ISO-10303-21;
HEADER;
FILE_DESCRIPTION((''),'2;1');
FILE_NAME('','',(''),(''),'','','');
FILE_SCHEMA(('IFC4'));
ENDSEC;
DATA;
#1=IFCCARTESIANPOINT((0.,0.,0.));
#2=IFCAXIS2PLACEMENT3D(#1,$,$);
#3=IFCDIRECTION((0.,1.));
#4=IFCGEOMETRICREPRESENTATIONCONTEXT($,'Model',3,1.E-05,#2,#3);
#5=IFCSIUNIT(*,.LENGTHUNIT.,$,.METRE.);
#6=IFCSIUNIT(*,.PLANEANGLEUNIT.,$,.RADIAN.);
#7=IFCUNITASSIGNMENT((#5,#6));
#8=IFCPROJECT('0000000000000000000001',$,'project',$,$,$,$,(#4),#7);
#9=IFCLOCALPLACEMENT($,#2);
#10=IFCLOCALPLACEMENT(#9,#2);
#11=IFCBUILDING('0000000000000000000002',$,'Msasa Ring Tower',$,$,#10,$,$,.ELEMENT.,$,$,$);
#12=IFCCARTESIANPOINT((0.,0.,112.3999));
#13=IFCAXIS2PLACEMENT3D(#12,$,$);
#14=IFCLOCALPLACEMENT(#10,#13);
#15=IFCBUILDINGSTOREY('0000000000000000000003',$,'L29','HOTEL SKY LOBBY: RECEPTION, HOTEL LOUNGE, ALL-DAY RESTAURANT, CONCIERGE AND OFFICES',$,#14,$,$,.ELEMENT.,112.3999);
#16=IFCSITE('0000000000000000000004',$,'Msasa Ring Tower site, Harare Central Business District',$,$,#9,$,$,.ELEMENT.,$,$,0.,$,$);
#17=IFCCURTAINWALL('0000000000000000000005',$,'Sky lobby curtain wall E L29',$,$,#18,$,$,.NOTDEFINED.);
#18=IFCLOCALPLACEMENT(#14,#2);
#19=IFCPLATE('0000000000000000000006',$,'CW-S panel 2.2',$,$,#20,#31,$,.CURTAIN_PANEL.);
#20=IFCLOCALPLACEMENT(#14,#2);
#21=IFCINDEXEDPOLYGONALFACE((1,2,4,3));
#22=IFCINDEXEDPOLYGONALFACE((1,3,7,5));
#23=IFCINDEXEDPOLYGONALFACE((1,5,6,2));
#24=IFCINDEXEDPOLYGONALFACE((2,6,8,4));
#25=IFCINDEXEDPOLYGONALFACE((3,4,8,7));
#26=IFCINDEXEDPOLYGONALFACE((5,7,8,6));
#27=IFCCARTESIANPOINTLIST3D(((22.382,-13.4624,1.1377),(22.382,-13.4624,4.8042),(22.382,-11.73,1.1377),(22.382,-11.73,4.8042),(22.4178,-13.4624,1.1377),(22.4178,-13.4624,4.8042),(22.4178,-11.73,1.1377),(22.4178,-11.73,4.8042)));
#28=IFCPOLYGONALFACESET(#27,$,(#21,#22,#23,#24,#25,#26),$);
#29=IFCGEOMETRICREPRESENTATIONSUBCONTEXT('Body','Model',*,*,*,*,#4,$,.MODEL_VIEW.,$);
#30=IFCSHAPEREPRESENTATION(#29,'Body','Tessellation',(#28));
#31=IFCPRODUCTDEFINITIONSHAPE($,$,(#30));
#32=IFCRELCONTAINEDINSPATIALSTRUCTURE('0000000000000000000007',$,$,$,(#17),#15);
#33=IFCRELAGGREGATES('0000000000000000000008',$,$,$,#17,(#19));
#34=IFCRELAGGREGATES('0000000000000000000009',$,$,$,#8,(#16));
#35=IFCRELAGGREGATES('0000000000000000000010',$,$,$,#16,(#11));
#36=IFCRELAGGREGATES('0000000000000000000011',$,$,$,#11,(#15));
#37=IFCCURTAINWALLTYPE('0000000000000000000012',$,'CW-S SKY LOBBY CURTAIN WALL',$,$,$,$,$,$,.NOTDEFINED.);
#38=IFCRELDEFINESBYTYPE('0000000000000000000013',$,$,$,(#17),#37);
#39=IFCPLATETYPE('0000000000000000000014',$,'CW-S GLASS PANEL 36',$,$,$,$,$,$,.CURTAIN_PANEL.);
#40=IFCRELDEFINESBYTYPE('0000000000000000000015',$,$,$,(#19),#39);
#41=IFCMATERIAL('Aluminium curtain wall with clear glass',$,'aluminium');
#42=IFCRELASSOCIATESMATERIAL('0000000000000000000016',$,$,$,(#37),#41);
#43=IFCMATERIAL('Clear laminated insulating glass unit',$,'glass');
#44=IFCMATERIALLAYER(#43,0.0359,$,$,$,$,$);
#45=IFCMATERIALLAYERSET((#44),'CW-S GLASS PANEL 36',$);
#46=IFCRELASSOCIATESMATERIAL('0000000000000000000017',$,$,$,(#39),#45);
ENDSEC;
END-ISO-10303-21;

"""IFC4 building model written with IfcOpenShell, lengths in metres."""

from ifc_helpers import new_model, si_unit, direction, frame, origin, origin_2d, place, context, subcontext, project, spatial, rectangle, extrude, material, layer, layer_set, type_object, element, aggregate, save


model = new_model("IFC4")

# Units and contexts
model_context = context("Model", 3, precision=1e-05, world=origin(), true_north=direction((0.0, 1.0)))
body_context = subcontext(model_context, "Body", "Model", "MODEL_VIEW")
ifc_project = project(units=[si_unit("LENGTHUNIT", "METRE"), si_unit("PLANEANGLEUNIT", "RADIAN")], contexts=[model_context])

# Site, building, storey
site_placement = place(None, origin())
site = spatial("IfcSite", under=ifc_project, at=site_placement, Name="Msasa Ring Tower site, Harare Central Business District", CompositionType="ELEMENT", RefElevation=0.0)
building_placement = place(site_placement, origin())
building = spatial("IfcBuilding", under=site, at=building_placement, Name="Msasa Ring Tower", CompositionType="ELEMENT")
storey_placement = place(building_placement, frame((0.0, 0.0, 112.3999)))
storey = spatial("IfcBuildingStorey", under=building, at=storey_placement, Name="L29", Description="HOTEL SKY LOBBY: RECEPTION, HOTEL LOUNGE, ALL-DAY RESTAURANT, CONCIERGE AND OFFICES", CompositionType="ELEMENT", Elevation=112.3999)

# Curtain wall
ifc_material_1 = material(Name="Aluminium curtain wall with clear glass", Category="aluminium")
curtain_wall_type_1 = type_object("IfcCurtainWallType", Name="CW-S SKY LOBBY CURTAIN WALL", PredefinedType="NOTDEFINED", material=ifc_material_1)
curtain_wall_1_placement = place(storey_placement, origin())
curtain_wall_1 = element("IfcCurtainWall", 1, at=curtain_wall_1_placement, inside=storey, type_object=curtain_wall_type_1, Name="Sky lobby curtain wall E L29", PredefinedType="NOTDEFINED")

# Plate
ifc_material_2 = material(Name="Clear laminated insulating glass unit", Category="glass")
ifc_layer_1 = layer(ifc_material_2, 0.0359)
ifc_layer_set_1 = layer_set([ifc_layer_1], Name="CW-S GLASS PANEL 36")
plate_type_1 = type_object("IfcPlateType", Name="CW-S GLASS PANEL 36", PredefinedType="CURTAIN_PANEL", material=ifc_layer_set_1)
plate_1_placement = place(storey_placement, frame((22.3999, -12.5962, 1.1377), z_axis=(0.0, 0.0, 1.0), x_axis=(0.0, 1.0, 0.0)))
plate_1 = element("IfcPlate", 2, at=plate_1_placement, type_object=plate_type_1, Name="CW-S panel 2.2", PredefinedType="CURTAIN_PANEL", context=body_context, shape_type="SweptSolid", body=[
    extrude(rectangle(XDim=1.7324, YDim=0.0359, at=origin_2d()), origin(), (0.0, 0.0, 1.0), 3.6665),
])
aggregate(curtain_wall_1, [plate_1])

save(model, "model.ifc")
